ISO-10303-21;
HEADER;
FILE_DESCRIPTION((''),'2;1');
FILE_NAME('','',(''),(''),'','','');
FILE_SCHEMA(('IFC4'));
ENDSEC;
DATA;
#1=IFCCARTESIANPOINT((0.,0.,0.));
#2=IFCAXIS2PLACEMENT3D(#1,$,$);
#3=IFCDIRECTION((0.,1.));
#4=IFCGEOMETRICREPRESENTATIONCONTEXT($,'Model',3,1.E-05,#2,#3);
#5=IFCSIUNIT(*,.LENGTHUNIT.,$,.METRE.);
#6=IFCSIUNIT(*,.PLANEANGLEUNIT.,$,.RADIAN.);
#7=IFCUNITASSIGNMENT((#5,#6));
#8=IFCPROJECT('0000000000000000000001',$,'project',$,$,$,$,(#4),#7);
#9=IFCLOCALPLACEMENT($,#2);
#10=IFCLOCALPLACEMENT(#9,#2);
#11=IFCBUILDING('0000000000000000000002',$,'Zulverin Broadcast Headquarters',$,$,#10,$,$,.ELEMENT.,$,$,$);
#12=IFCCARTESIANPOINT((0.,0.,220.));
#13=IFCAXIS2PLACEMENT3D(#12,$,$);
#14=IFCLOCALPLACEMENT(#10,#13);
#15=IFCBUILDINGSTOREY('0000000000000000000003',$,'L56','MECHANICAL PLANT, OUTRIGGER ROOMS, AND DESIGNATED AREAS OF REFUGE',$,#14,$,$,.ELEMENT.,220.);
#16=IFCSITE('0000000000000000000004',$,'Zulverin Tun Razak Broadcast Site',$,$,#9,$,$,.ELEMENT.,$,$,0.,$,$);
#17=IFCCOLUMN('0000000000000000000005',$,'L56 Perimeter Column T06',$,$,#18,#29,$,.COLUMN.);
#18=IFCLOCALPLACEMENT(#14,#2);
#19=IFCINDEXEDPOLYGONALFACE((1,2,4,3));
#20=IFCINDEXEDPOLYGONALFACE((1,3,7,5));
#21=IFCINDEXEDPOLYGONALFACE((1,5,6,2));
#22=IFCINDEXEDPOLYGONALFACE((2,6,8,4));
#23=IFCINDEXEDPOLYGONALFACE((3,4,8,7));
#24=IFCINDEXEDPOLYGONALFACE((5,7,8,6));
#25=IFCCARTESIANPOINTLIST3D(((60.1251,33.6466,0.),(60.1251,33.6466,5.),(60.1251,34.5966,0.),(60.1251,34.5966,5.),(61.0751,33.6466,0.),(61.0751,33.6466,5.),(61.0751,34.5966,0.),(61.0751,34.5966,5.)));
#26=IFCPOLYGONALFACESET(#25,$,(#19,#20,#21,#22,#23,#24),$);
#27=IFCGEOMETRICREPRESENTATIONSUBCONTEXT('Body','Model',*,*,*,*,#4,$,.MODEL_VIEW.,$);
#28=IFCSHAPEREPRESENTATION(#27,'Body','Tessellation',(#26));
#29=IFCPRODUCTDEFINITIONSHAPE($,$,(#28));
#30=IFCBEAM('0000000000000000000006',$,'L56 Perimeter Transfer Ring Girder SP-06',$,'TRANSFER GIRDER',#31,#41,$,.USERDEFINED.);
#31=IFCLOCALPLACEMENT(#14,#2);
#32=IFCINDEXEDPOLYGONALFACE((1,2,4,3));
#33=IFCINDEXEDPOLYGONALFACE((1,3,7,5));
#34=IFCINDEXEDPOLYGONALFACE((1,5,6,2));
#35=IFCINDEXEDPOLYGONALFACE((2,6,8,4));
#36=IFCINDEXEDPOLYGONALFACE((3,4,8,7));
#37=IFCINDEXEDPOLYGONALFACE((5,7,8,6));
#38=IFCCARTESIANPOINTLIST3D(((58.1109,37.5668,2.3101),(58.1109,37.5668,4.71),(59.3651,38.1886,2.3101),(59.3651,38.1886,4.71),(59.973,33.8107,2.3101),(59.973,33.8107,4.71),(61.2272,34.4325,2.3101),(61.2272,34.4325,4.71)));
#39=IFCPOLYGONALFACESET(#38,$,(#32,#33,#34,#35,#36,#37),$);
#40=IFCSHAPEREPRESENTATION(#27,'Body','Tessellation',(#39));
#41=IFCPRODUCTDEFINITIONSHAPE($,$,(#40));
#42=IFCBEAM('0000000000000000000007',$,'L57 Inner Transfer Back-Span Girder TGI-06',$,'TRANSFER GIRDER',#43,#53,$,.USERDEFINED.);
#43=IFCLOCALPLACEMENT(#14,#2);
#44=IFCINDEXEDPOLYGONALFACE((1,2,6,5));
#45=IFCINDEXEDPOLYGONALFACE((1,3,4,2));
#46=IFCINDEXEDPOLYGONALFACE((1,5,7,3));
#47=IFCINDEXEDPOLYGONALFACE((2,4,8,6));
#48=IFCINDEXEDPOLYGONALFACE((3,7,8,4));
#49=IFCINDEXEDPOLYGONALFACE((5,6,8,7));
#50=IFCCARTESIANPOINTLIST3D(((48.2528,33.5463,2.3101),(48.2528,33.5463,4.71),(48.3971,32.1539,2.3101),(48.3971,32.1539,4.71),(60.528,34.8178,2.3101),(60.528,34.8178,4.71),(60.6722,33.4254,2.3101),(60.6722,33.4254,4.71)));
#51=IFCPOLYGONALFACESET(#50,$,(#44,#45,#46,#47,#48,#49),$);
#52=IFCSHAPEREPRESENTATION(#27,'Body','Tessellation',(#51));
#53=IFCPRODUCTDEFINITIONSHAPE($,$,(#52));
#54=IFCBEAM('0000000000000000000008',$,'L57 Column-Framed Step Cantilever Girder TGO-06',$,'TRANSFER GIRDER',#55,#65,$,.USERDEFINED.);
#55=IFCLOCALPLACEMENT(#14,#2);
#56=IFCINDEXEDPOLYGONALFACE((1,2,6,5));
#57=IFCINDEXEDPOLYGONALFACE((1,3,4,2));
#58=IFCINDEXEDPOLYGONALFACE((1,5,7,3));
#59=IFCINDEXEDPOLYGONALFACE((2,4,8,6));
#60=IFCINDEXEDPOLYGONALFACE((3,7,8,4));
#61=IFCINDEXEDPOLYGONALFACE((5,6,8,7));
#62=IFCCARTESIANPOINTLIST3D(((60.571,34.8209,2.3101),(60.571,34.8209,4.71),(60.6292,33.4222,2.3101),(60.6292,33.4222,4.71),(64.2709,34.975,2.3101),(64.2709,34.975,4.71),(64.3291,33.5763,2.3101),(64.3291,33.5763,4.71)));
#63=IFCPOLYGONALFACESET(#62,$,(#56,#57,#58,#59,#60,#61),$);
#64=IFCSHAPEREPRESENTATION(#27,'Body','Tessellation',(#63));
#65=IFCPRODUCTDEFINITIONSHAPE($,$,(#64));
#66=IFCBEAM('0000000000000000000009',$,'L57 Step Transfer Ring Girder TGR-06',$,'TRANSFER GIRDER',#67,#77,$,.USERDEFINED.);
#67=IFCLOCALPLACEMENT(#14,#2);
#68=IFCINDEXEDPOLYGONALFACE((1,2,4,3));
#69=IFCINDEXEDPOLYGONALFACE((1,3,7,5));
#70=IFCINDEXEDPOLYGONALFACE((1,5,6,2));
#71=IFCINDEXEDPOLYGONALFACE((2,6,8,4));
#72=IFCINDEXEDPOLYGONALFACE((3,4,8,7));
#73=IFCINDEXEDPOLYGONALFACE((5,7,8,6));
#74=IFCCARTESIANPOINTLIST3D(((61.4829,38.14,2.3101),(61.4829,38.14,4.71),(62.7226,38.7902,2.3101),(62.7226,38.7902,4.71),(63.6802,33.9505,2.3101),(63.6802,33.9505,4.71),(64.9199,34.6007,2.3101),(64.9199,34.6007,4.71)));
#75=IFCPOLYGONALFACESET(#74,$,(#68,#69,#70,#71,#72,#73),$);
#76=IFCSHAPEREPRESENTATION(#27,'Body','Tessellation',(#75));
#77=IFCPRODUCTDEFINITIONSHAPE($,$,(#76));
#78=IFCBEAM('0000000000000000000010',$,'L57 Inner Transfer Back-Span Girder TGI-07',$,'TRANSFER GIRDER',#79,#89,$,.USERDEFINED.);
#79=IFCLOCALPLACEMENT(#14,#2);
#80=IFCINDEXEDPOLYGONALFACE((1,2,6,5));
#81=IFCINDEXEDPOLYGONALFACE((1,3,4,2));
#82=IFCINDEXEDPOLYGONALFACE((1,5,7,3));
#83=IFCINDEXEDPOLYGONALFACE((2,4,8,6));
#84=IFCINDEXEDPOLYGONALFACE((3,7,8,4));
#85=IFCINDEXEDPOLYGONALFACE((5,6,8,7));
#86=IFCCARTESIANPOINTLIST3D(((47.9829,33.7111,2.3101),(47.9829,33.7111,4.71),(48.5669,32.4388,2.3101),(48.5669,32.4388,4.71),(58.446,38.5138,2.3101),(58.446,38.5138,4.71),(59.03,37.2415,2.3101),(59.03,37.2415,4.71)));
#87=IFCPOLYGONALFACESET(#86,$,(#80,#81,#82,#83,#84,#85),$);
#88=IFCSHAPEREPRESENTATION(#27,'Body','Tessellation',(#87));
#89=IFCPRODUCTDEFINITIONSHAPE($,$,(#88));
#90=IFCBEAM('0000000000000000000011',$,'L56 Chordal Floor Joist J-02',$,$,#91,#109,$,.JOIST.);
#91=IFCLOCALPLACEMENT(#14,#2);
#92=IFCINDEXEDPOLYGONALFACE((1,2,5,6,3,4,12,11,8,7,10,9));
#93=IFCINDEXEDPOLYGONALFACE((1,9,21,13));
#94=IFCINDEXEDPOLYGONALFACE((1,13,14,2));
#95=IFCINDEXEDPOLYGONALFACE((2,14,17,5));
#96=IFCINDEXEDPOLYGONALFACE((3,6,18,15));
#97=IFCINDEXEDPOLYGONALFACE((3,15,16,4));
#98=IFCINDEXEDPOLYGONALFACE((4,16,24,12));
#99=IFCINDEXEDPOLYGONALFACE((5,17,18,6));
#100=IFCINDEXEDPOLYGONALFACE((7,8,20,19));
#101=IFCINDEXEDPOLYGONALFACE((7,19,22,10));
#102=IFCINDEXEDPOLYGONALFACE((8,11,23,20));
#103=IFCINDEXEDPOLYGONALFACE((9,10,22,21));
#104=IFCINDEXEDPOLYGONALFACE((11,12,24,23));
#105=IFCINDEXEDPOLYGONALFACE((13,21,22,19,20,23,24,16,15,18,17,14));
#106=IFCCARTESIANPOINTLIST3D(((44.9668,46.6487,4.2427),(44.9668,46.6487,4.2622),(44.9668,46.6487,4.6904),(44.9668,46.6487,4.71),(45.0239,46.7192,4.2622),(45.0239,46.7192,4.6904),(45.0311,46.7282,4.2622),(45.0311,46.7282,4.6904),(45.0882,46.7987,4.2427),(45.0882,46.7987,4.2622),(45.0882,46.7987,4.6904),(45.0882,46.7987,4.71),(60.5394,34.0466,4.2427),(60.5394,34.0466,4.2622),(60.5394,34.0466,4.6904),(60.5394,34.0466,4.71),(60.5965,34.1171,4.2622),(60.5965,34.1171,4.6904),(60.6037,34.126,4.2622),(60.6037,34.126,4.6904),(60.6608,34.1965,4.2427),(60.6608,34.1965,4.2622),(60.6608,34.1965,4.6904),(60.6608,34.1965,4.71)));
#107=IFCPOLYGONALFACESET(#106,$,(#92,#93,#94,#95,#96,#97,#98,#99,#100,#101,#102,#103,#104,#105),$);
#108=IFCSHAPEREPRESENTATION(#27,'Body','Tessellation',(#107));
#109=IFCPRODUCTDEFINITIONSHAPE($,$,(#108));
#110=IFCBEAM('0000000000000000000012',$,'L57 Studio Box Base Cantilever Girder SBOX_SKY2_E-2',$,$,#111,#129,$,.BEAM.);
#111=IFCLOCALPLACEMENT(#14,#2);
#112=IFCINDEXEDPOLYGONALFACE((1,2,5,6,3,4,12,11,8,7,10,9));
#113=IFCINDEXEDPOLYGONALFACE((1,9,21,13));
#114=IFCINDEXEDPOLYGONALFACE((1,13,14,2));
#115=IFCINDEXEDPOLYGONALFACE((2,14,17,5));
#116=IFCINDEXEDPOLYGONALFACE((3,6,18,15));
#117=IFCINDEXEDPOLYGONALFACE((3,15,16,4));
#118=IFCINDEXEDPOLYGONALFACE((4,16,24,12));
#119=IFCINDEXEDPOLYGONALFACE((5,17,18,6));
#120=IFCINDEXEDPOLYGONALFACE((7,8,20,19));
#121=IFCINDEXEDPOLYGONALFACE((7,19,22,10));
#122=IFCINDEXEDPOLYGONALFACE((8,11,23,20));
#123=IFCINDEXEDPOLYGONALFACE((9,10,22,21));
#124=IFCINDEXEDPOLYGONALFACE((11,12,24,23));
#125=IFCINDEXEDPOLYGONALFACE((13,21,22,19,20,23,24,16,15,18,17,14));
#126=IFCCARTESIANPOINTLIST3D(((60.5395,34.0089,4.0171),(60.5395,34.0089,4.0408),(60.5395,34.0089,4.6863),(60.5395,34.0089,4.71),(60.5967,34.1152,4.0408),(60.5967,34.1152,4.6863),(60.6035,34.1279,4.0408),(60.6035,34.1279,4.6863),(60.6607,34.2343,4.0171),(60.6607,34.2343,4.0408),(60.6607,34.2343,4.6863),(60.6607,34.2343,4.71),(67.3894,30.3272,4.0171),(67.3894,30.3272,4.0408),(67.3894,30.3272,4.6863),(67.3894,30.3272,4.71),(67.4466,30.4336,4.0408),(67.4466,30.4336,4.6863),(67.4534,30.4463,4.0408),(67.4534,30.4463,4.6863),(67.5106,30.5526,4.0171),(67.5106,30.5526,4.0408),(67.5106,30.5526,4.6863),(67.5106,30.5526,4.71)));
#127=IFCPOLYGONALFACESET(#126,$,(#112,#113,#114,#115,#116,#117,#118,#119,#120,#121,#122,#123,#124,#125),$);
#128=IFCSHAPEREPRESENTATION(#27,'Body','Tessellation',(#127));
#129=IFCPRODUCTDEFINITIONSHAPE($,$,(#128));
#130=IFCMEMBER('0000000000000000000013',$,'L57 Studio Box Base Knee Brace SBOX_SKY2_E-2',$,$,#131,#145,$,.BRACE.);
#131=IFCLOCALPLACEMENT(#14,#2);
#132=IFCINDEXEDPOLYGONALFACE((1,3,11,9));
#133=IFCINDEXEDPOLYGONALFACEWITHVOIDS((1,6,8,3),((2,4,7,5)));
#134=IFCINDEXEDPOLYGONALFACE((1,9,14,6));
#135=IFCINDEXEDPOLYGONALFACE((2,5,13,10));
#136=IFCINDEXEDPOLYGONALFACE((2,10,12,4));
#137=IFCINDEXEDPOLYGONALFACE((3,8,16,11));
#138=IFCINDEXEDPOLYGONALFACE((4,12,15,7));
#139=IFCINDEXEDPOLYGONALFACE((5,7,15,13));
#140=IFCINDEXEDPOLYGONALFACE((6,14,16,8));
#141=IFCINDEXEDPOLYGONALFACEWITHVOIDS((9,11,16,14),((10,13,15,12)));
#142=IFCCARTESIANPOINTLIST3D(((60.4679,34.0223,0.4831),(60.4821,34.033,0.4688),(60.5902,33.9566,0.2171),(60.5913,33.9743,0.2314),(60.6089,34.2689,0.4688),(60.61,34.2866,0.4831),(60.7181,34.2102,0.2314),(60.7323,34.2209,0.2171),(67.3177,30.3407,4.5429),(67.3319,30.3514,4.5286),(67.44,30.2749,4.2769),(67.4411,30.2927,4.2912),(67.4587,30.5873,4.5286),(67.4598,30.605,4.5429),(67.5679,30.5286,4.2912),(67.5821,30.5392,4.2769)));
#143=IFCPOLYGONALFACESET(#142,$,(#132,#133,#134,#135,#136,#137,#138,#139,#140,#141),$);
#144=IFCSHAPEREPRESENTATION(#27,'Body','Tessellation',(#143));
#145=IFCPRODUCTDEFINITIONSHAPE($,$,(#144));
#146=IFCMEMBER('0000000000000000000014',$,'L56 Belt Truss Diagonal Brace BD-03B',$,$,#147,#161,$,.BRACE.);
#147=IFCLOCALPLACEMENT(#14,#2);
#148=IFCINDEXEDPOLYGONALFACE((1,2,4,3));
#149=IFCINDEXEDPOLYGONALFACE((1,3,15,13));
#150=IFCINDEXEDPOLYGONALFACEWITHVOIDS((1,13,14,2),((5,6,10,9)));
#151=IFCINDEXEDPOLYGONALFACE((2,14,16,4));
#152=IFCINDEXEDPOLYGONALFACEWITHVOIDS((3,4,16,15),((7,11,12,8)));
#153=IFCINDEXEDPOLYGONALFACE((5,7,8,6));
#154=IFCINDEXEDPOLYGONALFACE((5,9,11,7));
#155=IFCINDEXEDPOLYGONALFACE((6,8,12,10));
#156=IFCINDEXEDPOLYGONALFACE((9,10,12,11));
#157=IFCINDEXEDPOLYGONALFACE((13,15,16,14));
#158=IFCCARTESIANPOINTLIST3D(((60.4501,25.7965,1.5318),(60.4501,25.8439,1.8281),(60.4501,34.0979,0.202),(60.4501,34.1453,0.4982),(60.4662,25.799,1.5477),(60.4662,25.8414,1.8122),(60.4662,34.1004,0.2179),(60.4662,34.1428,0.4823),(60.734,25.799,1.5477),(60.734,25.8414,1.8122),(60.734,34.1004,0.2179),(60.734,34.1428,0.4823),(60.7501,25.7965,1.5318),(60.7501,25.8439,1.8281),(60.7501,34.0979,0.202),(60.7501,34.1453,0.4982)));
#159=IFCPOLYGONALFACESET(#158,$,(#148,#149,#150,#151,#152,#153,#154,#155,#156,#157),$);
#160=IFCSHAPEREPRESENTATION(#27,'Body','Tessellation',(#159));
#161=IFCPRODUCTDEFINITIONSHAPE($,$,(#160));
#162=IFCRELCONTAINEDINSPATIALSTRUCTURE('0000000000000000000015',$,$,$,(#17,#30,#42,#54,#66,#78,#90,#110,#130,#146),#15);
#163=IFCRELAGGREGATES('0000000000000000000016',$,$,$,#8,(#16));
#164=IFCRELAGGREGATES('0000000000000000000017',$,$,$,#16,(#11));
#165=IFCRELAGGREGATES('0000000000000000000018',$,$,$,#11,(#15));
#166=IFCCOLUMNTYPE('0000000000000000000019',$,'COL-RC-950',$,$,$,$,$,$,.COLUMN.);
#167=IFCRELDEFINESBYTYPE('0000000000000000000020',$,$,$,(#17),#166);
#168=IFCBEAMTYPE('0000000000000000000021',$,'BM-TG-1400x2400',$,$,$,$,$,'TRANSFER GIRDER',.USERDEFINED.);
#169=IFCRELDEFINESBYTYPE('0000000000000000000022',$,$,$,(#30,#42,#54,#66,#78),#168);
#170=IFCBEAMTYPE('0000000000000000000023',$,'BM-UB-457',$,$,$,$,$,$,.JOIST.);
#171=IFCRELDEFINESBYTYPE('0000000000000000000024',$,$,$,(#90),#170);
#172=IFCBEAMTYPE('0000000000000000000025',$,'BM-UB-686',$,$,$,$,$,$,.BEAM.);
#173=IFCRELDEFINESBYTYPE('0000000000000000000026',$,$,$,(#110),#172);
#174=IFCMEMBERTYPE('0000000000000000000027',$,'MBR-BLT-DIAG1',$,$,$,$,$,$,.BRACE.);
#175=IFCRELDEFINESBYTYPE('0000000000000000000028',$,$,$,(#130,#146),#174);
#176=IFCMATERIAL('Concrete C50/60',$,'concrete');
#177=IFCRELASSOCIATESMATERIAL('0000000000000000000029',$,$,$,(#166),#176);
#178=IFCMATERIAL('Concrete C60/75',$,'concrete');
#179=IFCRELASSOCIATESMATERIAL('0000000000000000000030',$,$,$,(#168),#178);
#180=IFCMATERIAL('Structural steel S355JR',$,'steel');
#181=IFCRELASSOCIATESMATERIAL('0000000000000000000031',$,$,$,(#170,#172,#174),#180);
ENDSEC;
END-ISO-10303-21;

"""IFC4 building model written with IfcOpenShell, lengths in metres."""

from ifc_helpers import new_model, si_unit, direction, frame, origin, origin_2d, place, context, subcontext, project, spatial, rectangle, hollow_rectangle, i_section, extrude, material, material_profile, profile_set, type_object, element, save


model = new_model("IFC4")

# Units and contexts
model_context = context("Model", 3, precision=1e-05, world=origin(), true_north=direction((0.0, 1.0)))
body_context = subcontext(model_context, "Body", "Model", "MODEL_VIEW")
ifc_project = project(units=[si_unit("LENGTHUNIT", "METRE"), si_unit("PLANEANGLEUNIT", "RADIAN")], contexts=[model_context])

# Site, building, storey
site_placement = place(None, origin())
site = spatial("IfcSite", under=ifc_project, at=site_placement, Name="Zulverin Tun Razak Broadcast Site", CompositionType="ELEMENT", RefElevation=0.0)
building_placement = place(site_placement, origin())
building = spatial("IfcBuilding", under=site, at=building_placement, Name="Zulverin Broadcast Headquarters", CompositionType="ELEMENT")
storey_placement = place(building_placement, frame((0.0, 0.0, 220.0)))
storey = spatial("IfcBuildingStorey", under=building, at=storey_placement, Name="L56", Description="MECHANICAL PLANT, OUTRIGGER ROOMS, AND DESIGNATED AREAS OF REFUGE", CompositionType="ELEMENT", Elevation=220.0)

# Column
ifc_material_1 = material(Name="Concrete C50/60", Category="concrete")
ifc_material_profile_1 = material_profile(ifc_material_1, rectangle(XDim=0.95, YDim=0.95, at=origin_2d()), Name="Concrete C50/60", Category="concrete")
ifc_profile_set_1 = profile_set([ifc_material_profile_1], Name="Concrete C50/60")
column_type = type_object("IfcColumnType", Name="COL-RC-950", PredefinedType="COLUMN", material=ifc_profile_set_1)
column_placement = place(storey_placement, frame((60.6001, 34.1216, 0.0), z_axis=(0.0, 0.0, 1.0), x_axis=(1.0, 0.0, 0.0)))
element("IfcColumn", 1, at=column_placement, inside=storey, type_object=column_type, Name="L56 Perimeter Column T06", PredefinedType="COLUMN", context=body_context, shape_type="SweptSolid", body=[
    extrude(rectangle(XDim=0.95, YDim=0.95, at=origin_2d()), origin(), (0.0, 0.0, 1.0), 5.0),
])

# Beams
ifc_material_2 = material(Name="Concrete C60/75", Category="concrete")
ifc_material_profile_2 = material_profile(ifc_material_2, rectangle(XDim=1.3999, YDim=2.3999, at=origin_2d()), Name="Concrete C60/75", Category="concrete")
ifc_profile_set_2 = profile_set([ifc_material_profile_2], Name="Concrete C60/75")
beam_type_1 = type_object("IfcBeamType", Name="BM-TG-1400x2400", ElementType="TRANSFER GIRDER", PredefinedType="USERDEFINED", material=ifc_profile_set_2)
beam_1_placement = place(storey_placement, frame((60.6001, 34.1216, 3.51), z_axis=(-0.444159, 0.895948, 0.0), x_axis=(-0.895948, -0.444159, 0.0)))
element("IfcBeam", 2, at=beam_1_placement, inside=storey, type_object=beam_type_1, Name="L56 Perimeter Transfer Ring Girder SP-06", ObjectType="TRANSFER GIRDER", PredefinedType="USERDEFINED", context=body_context, shape_type="SweptSolid", body=[
    extrude(rectangle(XDim=1.3999, YDim=2.3999, at=origin_2d()), origin(), (0.0, 0.0, 1.0), 4.1924),
])
beam_2_placement = place(storey_placement, frame((48.325, 32.8501, 3.51), z_axis=(0.994678, 0.103031, 0.0), x_axis=(-0.103031, 0.994678, 0.0)))
element("IfcBeam", 3, at=beam_2_placement, inside=storey, type_object=beam_type_1, Name="L57 Inner Transfer Back-Span Girder TGI-06", ObjectType="TRANSFER GIRDER", PredefinedType="USERDEFINED", context=body_context, shape_type="SweptSolid", body=[
    extrude(rectangle(XDim=1.3999, YDim=2.3999, at=origin_2d()), origin(), (0.0, 0.0, 1.0), 12.3408),
])
beam_3_placement = place(storey_placement, frame((60.6001, 34.1216, 3.51), z_axis=(0.999134, 0.0416, 0.0), x_axis=(-0.0416, 0.999134, 0.0)))
element("IfcBeam", 4, at=beam_3_placement, inside=storey, type_object=beam_type_1, Name="L57 Column-Framed Step Cantilever Girder TGO-06", ObjectType="TRANSFER GIRDER", PredefinedType="USERDEFINED", context=body_context, shape_type="SweptSolid", body=[
    extrude(rectangle(XDim=1.3999, YDim=2.3999, at=origin_2d()), origin(), (0.0, 0.0, 1.0), 3.7031),
])
beam_4_placement = place(storey_placement, frame((64.3, 34.2756, 3.51), z_axis=(-0.46447, 0.885589, 0.0), x_axis=(-0.885589, -0.46447, 0.0)))
element("IfcBeam", 5, at=beam_4_placement, inside=storey, type_object=beam_type_1, Name="L57 Step Transfer Ring Girder TGR-06", ObjectType="TRANSFER GIRDER", PredefinedType="USERDEFINED", context=body_context, shape_type="SweptSolid", body=[
    extrude(rectangle(XDim=1.3999, YDim=2.3999, at=origin_2d()), origin(), (0.0, 0.0, 1.0), 4.7307),
])
beam_5_placement = place(storey_placement, frame((48.2749, 33.075, 3.51), z_axis=(0.90883, 0.417167, 0.0), x_axis=(-0.417167, 0.90883, 0.0)))
element("IfcBeam", 6, at=beam_5_placement, inside=storey, type_object=beam_type_1, Name="L57 Inner Transfer Back-Span Girder TGI-07", ObjectType="TRANSFER GIRDER", PredefinedType="USERDEFINED", context=body_context, shape_type="SweptSolid", body=[
    extrude(rectangle(XDim=1.3999, YDim=2.3999, at=origin_2d()), origin(), (0.0, 0.0, 1.0), 11.5127),
])
ifc_material_3 = material(Name="Structural steel S355JR", Category="steel")
ifc_material_profile_3 = material_profile(ifc_material_3, i_section(OverallWidth=0.1929, OverallDepth=0.4673, WebThickness=0.0115, FlangeThickness=0.0195, at=origin_2d()), Name="Structural steel S355JR", Category="steel")
ifc_profile_set_3 = profile_set([ifc_material_profile_3], Name="Structural steel S355JR")
beam_type_2 = type_object("IfcBeamType", Name="BM-UB-457", PredefinedType="JOIST", material=ifc_profile_set_3)
beam_6_placement = place(storey_placement, frame((60.6001, 34.1216, 4.4763), z_axis=(-0.777349, 0.62907, 0.0), x_axis=(-0.62907, -0.777349, 0.0)))
element("IfcBeam", 7, at=beam_6_placement, inside=storey, type_object=beam_type_2, Name="L56 Chordal Floor Joist J-02", PredefinedType="JOIST", context=body_context, shape_type="SweptSolid", body=[
    extrude(i_section(OverallWidth=0.1929, OverallDepth=0.4673, WebThickness=0.0115, FlangeThickness=0.0195, at=origin_2d()), origin(), (0.0, 0.0, 1.0), 20.033),
])
ifc_material_profile_4 = material_profile(ifc_material_3, i_section(OverallWidth=0.2559, OverallDepth=0.6929, WebThickness=0.0144, FlangeThickness=0.0237, at=origin_2d()), Name="Structural steel S355JR", Category="steel")
ifc_profile_set_4 = profile_set([ifc_material_profile_4], Name="Structural steel S355JR")
beam_type_3 = type_object("IfcBeamType", Name="BM-UB-686", PredefinedType="BEAM", material=ifc_profile_set_4)
beam_7_placement = place(storey_placement, frame((60.6001, 34.1216, 4.3635), z_axis=(0.880833, -0.473428, 0.0), x_axis=(0.473428, 0.880833, 0.0)))
element("IfcBeam", 8, at=beam_7_placement, inside=storey, type_object=beam_type_3, Name="L57 Studio Box Base Cantilever Girder SBOX_SKY2_E-2", PredefinedType="BEAM", context=body_context, shape_type="SweptSolid", body=[
    extrude(i_section(OverallWidth=0.2559, OverallDepth=0.6929, WebThickness=0.0144, FlangeThickness=0.0237, at=origin_2d()), origin(), (0.0, 0.0, 1.0), 7.7766),
])

# Members
ifc_material_profile_5 = material_profile(ifc_material_3, hollow_rectangle(XDim=0.3, YDim=0.3, WallThickness=0.0161, at=origin_2d()), Name="Structural steel S355JR", Category="steel")
ifc_profile_set_5 = profile_set([ifc_material_profile_5], Name="Structural steel S355JR")
member_type_1 = type_object("IfcMemberType", Name="MBR-BLT-DIAG1", PredefinedType="BRACE", material=ifc_profile_set_5)
member_1_placement = place(storey_placement, frame((60.6001, 34.1216, 0.3501), z_axis=(0.780831, -0.419679, 0.462788), x_axis=(0.473428, 0.880833, 0.0)))
element("IfcMember", 9, at=member_1_placement, inside=storey, type_object=member_type_1, Name="L57 Studio Box Base Knee Brace SBOX_SKY2_E-2", PredefinedType="BRACE", context=body_context, shape_type="SweptSolid", body=[
    extrude(hollow_rectangle(XDim=0.3, YDim=0.3, WallThickness=0.0161, at=origin_2d()), origin(), (0.0, 0.0, 1.0), 8.7725),
])
member_2_placement = place(storey_placement, frame((60.6001, 34.1216, 0.3501), z_axis=(0.0, -0.98741, 0.15818), x_axis=(1.0, 0.0, 0.0)))
element("IfcMember", 10, at=member_2_placement, inside=storey, type_object=member_type_1, Name="L56 Belt Truss Diagonal Brace BD-03B", PredefinedType="BRACE", context=body_context, shape_type="SweptSolid", body=[
    extrude(hollow_rectangle(XDim=0.3, YDim=0.3, WallThickness=0.0161, at=origin_2d()), origin(), (0.0, 0.0, 1.0), 8.4072),
])

save(model, "model.ifc")
